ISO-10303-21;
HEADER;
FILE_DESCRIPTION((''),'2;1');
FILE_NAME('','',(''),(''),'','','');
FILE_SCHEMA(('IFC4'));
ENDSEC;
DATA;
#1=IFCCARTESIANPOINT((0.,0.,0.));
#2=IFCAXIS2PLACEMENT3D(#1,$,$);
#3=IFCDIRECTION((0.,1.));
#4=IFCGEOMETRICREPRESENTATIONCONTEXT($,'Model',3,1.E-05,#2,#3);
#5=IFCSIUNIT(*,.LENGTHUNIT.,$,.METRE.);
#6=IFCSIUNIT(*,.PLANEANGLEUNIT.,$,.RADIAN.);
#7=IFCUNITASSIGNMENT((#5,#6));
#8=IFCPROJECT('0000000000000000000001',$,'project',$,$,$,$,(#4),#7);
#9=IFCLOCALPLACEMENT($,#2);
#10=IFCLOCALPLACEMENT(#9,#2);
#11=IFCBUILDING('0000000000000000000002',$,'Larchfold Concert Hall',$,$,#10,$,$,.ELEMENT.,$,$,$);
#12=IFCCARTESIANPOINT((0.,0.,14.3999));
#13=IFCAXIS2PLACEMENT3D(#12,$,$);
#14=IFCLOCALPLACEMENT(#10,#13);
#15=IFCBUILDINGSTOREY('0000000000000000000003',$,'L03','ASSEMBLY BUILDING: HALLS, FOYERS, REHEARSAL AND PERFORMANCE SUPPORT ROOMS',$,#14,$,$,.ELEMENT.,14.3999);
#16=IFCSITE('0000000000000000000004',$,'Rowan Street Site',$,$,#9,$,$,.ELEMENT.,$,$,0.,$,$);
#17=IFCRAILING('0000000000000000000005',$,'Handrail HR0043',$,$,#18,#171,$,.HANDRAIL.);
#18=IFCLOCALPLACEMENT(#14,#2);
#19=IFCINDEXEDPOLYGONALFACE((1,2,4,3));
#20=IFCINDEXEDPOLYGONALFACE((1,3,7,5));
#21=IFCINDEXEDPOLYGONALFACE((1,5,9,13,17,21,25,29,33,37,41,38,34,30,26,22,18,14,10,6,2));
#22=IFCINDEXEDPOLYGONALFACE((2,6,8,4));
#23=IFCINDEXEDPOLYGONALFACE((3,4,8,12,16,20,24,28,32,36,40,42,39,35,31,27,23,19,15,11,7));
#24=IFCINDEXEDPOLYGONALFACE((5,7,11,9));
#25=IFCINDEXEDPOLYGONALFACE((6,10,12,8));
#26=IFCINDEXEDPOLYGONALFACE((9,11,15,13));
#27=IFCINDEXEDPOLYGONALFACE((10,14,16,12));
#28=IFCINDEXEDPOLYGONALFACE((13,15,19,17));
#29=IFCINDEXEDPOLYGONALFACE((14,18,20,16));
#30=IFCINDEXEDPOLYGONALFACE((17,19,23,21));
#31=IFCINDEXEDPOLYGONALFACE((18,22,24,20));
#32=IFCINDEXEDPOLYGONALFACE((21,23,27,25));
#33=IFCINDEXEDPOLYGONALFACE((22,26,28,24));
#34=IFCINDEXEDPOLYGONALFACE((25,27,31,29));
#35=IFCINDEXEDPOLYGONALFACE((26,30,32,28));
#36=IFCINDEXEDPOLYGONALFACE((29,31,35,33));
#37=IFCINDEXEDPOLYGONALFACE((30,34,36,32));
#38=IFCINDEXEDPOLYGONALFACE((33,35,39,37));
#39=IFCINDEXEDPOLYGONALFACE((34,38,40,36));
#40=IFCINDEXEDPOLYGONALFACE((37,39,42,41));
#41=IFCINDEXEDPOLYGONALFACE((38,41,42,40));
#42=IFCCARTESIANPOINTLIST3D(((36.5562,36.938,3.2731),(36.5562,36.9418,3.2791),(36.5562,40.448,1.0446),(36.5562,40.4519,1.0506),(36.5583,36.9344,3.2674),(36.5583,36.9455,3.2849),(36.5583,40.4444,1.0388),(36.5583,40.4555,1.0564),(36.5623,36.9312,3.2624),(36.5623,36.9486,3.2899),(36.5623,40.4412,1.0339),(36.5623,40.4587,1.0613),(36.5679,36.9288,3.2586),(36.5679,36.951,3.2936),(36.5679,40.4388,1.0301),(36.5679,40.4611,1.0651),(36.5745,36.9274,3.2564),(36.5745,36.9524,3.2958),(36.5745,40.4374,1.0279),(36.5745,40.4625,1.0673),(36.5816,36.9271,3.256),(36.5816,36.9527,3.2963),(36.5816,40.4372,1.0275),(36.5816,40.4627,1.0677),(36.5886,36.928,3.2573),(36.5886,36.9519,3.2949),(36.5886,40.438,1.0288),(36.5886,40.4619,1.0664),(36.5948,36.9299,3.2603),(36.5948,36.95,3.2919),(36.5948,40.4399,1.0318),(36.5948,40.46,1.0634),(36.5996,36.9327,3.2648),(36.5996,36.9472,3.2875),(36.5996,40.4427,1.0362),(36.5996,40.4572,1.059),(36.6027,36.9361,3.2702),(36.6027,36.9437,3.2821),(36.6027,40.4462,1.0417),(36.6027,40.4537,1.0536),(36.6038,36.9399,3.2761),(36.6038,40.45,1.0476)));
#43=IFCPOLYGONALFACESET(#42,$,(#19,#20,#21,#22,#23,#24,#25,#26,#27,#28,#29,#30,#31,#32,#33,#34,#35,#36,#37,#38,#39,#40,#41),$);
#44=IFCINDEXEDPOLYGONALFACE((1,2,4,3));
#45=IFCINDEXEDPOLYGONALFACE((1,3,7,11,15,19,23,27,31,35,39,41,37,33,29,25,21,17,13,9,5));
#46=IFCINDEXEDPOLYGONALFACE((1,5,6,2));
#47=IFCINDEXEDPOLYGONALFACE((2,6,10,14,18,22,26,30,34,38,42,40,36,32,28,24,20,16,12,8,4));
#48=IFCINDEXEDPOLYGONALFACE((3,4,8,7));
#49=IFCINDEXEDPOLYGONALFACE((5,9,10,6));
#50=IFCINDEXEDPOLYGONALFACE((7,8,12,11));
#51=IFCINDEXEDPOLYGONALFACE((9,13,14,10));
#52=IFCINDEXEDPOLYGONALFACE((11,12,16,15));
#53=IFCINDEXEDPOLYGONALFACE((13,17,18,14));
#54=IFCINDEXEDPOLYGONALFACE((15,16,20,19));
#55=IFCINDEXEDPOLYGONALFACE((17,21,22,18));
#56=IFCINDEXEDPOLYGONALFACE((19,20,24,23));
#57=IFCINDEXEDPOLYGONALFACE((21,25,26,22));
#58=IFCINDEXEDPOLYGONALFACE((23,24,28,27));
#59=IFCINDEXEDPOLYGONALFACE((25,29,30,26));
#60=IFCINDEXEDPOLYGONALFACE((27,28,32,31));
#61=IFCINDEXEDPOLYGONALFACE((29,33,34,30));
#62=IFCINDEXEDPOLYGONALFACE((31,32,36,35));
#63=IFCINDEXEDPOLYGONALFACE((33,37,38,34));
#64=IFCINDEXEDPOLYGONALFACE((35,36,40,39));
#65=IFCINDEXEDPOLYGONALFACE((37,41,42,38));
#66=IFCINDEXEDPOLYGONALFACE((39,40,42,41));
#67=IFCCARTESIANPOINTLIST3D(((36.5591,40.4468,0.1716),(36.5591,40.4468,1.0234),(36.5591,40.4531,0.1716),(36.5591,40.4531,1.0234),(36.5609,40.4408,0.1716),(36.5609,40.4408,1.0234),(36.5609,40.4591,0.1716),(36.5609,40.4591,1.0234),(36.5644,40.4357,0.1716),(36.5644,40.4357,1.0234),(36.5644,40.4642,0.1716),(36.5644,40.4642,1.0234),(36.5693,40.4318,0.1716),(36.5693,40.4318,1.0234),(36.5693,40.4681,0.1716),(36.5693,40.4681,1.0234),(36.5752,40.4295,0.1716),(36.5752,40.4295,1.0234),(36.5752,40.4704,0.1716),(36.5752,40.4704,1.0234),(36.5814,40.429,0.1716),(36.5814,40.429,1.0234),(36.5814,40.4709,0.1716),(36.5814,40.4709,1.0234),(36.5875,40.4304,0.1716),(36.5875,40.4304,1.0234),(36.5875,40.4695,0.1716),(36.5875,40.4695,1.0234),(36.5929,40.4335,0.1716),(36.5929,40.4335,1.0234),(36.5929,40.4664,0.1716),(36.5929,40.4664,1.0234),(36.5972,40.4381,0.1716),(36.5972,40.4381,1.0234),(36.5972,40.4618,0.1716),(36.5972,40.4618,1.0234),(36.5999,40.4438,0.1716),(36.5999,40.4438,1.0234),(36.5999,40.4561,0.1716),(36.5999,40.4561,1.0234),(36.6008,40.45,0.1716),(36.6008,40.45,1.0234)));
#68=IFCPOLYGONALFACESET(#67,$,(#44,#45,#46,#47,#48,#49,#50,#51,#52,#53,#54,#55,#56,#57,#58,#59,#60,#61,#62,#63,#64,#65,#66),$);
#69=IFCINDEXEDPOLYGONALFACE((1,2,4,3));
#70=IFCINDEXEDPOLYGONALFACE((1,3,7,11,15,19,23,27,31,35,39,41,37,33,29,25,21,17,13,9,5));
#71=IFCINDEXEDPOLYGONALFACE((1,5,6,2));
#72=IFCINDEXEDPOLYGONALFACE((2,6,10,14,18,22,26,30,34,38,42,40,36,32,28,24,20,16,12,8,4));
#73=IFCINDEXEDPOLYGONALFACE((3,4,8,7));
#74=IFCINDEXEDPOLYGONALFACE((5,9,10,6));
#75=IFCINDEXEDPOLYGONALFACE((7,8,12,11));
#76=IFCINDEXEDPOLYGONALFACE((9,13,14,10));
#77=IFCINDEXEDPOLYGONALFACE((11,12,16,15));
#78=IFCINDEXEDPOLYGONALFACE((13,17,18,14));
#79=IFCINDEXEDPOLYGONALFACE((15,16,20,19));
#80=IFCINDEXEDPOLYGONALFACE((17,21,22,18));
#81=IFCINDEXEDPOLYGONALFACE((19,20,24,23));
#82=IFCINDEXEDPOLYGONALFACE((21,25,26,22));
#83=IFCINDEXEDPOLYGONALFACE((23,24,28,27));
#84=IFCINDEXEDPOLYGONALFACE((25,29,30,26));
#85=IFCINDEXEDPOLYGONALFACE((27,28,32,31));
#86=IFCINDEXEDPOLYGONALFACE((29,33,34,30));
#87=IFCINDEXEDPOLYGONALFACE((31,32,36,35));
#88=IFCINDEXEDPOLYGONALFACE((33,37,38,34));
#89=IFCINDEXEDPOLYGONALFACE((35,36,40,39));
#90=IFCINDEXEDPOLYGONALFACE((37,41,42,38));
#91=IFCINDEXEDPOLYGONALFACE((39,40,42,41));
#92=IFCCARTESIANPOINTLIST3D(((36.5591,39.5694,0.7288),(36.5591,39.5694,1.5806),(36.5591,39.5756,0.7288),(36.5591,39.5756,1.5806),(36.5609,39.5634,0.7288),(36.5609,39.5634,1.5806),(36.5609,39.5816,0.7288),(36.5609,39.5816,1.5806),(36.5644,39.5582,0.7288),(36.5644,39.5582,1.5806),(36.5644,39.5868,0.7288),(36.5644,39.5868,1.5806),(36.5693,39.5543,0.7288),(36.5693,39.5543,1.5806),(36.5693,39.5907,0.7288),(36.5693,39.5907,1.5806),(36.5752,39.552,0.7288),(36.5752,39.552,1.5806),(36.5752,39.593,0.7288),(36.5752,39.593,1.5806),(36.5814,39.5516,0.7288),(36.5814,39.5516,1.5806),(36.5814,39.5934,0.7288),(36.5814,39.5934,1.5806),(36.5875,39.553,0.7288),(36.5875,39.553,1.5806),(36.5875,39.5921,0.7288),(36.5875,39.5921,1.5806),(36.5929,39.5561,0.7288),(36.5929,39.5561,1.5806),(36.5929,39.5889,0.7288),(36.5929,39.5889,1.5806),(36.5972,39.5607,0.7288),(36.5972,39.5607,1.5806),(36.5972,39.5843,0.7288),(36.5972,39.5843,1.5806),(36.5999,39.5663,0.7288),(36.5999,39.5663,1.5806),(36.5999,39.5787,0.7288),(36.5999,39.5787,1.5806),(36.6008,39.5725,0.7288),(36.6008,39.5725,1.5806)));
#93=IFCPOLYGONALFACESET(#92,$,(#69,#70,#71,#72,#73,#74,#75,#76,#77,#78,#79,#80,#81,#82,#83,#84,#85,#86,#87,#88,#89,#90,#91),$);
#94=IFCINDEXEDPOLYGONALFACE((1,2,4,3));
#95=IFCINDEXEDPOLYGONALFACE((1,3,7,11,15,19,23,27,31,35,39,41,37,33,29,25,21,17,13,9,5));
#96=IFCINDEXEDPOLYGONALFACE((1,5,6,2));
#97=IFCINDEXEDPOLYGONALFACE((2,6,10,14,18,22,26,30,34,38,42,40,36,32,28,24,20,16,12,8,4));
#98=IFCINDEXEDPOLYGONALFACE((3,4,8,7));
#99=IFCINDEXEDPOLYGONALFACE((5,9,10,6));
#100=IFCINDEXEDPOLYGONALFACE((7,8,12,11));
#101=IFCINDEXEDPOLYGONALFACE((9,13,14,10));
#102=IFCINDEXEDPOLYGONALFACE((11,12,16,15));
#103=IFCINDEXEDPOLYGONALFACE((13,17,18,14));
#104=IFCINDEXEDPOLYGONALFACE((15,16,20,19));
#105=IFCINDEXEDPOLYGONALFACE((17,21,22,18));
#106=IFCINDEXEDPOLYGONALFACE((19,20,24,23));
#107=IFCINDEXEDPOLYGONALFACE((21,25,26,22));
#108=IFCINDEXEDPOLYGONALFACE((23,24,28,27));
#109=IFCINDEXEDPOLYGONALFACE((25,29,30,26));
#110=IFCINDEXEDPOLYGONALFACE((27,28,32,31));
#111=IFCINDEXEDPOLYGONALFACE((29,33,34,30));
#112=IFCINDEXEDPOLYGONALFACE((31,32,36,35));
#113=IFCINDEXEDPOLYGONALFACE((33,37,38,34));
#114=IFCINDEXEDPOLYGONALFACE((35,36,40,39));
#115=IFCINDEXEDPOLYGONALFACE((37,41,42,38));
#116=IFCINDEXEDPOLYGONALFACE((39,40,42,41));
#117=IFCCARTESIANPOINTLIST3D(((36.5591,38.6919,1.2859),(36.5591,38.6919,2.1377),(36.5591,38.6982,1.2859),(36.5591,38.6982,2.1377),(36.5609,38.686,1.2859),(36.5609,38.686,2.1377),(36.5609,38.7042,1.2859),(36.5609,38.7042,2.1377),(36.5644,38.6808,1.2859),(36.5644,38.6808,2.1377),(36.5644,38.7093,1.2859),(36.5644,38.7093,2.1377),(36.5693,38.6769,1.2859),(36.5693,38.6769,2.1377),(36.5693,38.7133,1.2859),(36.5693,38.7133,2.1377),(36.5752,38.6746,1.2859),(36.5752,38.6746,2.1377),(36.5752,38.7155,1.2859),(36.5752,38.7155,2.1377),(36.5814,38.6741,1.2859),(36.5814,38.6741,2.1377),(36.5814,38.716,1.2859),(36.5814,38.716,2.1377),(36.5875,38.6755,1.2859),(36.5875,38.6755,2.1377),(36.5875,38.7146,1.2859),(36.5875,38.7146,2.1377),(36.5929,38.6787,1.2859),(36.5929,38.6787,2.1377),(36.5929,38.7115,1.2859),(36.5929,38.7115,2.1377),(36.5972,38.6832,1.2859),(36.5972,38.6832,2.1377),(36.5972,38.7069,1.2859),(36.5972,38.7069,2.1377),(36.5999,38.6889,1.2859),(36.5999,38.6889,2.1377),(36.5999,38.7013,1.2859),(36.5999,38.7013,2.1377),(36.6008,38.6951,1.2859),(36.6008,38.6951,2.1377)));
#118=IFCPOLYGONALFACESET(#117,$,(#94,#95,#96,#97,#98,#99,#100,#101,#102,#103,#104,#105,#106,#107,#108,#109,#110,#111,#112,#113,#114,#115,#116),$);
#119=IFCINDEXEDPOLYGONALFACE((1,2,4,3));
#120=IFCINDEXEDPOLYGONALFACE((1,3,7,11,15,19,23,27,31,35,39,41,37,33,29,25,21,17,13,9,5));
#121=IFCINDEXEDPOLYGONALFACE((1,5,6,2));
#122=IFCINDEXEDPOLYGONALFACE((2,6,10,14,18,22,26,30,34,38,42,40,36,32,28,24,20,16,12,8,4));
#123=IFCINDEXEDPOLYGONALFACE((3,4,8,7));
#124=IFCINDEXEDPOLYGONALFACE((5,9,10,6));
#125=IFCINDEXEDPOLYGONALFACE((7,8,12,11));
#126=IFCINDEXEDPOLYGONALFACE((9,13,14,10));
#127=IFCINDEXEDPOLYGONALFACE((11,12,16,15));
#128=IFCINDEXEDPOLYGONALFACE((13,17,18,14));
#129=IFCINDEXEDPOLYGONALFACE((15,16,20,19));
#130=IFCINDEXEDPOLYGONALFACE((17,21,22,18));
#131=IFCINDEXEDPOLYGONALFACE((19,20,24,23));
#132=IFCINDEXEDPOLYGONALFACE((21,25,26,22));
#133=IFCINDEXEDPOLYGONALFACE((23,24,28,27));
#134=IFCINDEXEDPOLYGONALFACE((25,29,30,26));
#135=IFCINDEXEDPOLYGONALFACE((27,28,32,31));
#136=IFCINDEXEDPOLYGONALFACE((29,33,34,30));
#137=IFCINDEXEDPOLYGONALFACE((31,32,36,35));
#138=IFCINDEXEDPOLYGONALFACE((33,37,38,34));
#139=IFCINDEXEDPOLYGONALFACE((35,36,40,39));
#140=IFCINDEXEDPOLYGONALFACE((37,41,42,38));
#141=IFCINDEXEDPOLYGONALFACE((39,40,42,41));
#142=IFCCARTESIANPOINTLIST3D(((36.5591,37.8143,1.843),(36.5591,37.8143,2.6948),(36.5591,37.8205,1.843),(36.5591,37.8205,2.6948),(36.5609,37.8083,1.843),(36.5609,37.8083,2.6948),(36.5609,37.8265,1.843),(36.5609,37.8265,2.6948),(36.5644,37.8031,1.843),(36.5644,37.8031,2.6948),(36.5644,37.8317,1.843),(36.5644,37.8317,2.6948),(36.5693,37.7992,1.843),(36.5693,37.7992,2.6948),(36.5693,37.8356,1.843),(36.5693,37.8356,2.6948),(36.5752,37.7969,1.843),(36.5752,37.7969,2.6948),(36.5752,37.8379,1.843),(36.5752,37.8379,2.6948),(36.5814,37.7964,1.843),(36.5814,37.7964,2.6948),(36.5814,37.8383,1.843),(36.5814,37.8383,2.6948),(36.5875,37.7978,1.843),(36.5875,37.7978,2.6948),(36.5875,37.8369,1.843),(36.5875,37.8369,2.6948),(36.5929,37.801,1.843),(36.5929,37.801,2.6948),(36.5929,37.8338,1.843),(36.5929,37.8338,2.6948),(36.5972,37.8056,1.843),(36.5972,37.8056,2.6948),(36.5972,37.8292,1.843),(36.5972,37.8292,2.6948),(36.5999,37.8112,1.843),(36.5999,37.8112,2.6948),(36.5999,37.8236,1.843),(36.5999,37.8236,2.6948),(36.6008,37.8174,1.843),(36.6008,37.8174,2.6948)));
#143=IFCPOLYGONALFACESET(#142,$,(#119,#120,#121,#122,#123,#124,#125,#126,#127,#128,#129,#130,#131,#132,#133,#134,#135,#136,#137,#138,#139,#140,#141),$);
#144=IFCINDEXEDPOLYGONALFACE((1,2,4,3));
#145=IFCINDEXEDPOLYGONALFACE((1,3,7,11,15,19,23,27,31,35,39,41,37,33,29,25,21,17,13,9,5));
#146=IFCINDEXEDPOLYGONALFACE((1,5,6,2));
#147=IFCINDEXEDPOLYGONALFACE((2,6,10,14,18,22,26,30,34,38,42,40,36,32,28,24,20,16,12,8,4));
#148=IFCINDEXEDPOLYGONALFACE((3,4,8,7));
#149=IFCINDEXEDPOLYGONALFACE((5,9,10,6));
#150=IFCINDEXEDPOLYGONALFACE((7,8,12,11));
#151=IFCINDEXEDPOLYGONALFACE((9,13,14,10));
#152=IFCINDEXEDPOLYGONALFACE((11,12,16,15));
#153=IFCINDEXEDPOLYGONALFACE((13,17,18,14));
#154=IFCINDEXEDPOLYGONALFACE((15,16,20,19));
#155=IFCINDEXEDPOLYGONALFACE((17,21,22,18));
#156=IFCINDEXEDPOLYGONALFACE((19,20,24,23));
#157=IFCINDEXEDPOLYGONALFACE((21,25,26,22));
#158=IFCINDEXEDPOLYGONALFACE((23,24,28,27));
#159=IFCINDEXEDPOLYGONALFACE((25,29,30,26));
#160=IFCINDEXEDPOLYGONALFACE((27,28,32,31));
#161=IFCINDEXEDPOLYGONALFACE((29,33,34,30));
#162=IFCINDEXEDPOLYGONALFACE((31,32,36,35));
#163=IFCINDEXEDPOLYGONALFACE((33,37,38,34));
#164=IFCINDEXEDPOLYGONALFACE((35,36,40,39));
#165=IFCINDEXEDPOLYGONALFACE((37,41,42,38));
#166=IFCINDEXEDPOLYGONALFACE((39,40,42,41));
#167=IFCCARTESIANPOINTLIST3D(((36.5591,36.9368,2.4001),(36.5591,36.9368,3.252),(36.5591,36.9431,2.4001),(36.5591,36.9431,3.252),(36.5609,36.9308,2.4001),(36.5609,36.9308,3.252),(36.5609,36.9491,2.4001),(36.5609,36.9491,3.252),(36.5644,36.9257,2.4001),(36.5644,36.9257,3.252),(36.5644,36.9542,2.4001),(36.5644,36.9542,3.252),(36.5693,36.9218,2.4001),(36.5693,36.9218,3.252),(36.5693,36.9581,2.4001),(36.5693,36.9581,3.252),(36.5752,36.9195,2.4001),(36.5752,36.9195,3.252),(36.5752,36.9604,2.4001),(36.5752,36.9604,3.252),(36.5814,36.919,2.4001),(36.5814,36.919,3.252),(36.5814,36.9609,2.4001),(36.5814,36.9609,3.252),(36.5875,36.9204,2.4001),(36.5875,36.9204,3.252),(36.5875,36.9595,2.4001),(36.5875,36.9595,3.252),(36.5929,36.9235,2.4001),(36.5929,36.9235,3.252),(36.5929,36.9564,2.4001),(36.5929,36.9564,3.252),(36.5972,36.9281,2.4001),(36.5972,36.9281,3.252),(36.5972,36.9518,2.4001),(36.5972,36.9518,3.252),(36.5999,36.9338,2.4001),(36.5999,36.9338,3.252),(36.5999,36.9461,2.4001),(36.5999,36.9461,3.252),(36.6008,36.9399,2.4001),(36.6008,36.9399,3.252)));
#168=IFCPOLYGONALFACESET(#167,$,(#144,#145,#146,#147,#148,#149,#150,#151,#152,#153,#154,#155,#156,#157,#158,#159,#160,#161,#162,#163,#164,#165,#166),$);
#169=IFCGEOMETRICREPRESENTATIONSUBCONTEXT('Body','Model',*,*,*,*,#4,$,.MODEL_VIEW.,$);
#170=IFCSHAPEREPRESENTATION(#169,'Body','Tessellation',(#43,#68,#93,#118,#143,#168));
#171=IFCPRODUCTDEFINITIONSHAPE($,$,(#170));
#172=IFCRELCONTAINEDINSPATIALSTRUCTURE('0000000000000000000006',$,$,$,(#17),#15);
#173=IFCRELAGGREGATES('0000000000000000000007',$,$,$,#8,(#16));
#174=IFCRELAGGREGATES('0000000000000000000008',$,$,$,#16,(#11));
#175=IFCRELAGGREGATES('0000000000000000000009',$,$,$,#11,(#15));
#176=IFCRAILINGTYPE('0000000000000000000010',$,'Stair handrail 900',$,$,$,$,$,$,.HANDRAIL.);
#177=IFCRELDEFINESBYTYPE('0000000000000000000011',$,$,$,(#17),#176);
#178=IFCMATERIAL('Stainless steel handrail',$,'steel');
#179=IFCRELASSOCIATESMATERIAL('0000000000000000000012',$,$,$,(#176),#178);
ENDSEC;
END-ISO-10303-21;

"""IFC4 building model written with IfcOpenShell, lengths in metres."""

from ifc_helpers import new_model, si_unit, direction, frame, origin, origin_2d, place, context, subcontext, project, spatial, circle, extrude, material, type_object, element, save


model = new_model("IFC4")

# Units and contexts
model_context = context("Model", 3, precision=1e-05, world=origin(), true_north=direction((0.0, 1.0)))
body_context = subcontext(model_context, "Body", "Model", "MODEL_VIEW")
ifc_project = project(units=[si_unit("LENGTHUNIT", "METRE"), si_unit("PLANEANGLEUNIT", "RADIAN")], contexts=[model_context])

# Site, building, storey
site_placement = place(None, origin())
site = spatial("IfcSite", under=ifc_project, at=site_placement, Name="Rowan Street Site", CompositionType="ELEMENT", RefElevation=0.0)
building_placement = place(site_placement, origin())
building = spatial("IfcBuilding", under=site, at=building_placement, Name="Larchfold Concert Hall", CompositionType="ELEMENT")
storey_placement = place(building_placement, frame((0.0, 0.0, 14.3999)))
storey = spatial("IfcBuildingStorey", under=building, at=storey_placement, Name="L03", Description="ASSEMBLY BUILDING: HALLS, FOYERS, REHEARSAL AND PERFORMANCE SUPPORT ROOMS", CompositionType="ELEMENT", Elevation=14.3999)

# Railing
ifc_material_1 = material(Name="Stainless steel handrail", Category="steel")
railing_type_1 = type_object("IfcRailingType", Name="Stair handrail 900", PredefinedType="HANDRAIL", material=ifc_material_1)
railing_1_placement = place(storey_placement, frame((36.5798, 40.45, 0.1716)))
element("IfcRailing", 1, at=railing_1_placement, inside=storey, type_object=railing_type_1, Name="Handrail HR0043", PredefinedType="HANDRAIL", context=body_context, shape_type="SweptSolid", body=[
    extrude(circle(Radius=0.0239, at=origin_2d()), frame((0.0, 0.0, 0.876), z_axis=(0.0, -0.84422, 0.535998), x_axis=(1.0, 0.0, 0.0)), (0.0, 0.0, 1.0), 4.1577),
    extrude(circle(Radius=0.021, at=origin_2d()), origin(), (0.0, 0.0, 1.0), 0.8518),
    extrude(circle(Radius=0.021, at=origin_2d()), frame((0.0, -0.8774, 0.5571)), (0.0, 0.0, 1.0), 0.8518),
    extrude(circle(Radius=0.021, at=origin_2d()), frame((0.0, -1.7549, 1.1143)), (0.0, 0.0, 1.0), 0.8518),
    extrude(circle(Radius=0.021, at=origin_2d()), frame((0.0, -2.6326, 1.6714)), (0.0, 0.0, 1.0), 0.8518),
    extrude(circle(Radius=0.021, at=origin_2d()), frame((0.0, -3.51, 2.2285)), (0.0, 0.0, 1.0), 0.8518),
])

save(model, "model.ifc")
